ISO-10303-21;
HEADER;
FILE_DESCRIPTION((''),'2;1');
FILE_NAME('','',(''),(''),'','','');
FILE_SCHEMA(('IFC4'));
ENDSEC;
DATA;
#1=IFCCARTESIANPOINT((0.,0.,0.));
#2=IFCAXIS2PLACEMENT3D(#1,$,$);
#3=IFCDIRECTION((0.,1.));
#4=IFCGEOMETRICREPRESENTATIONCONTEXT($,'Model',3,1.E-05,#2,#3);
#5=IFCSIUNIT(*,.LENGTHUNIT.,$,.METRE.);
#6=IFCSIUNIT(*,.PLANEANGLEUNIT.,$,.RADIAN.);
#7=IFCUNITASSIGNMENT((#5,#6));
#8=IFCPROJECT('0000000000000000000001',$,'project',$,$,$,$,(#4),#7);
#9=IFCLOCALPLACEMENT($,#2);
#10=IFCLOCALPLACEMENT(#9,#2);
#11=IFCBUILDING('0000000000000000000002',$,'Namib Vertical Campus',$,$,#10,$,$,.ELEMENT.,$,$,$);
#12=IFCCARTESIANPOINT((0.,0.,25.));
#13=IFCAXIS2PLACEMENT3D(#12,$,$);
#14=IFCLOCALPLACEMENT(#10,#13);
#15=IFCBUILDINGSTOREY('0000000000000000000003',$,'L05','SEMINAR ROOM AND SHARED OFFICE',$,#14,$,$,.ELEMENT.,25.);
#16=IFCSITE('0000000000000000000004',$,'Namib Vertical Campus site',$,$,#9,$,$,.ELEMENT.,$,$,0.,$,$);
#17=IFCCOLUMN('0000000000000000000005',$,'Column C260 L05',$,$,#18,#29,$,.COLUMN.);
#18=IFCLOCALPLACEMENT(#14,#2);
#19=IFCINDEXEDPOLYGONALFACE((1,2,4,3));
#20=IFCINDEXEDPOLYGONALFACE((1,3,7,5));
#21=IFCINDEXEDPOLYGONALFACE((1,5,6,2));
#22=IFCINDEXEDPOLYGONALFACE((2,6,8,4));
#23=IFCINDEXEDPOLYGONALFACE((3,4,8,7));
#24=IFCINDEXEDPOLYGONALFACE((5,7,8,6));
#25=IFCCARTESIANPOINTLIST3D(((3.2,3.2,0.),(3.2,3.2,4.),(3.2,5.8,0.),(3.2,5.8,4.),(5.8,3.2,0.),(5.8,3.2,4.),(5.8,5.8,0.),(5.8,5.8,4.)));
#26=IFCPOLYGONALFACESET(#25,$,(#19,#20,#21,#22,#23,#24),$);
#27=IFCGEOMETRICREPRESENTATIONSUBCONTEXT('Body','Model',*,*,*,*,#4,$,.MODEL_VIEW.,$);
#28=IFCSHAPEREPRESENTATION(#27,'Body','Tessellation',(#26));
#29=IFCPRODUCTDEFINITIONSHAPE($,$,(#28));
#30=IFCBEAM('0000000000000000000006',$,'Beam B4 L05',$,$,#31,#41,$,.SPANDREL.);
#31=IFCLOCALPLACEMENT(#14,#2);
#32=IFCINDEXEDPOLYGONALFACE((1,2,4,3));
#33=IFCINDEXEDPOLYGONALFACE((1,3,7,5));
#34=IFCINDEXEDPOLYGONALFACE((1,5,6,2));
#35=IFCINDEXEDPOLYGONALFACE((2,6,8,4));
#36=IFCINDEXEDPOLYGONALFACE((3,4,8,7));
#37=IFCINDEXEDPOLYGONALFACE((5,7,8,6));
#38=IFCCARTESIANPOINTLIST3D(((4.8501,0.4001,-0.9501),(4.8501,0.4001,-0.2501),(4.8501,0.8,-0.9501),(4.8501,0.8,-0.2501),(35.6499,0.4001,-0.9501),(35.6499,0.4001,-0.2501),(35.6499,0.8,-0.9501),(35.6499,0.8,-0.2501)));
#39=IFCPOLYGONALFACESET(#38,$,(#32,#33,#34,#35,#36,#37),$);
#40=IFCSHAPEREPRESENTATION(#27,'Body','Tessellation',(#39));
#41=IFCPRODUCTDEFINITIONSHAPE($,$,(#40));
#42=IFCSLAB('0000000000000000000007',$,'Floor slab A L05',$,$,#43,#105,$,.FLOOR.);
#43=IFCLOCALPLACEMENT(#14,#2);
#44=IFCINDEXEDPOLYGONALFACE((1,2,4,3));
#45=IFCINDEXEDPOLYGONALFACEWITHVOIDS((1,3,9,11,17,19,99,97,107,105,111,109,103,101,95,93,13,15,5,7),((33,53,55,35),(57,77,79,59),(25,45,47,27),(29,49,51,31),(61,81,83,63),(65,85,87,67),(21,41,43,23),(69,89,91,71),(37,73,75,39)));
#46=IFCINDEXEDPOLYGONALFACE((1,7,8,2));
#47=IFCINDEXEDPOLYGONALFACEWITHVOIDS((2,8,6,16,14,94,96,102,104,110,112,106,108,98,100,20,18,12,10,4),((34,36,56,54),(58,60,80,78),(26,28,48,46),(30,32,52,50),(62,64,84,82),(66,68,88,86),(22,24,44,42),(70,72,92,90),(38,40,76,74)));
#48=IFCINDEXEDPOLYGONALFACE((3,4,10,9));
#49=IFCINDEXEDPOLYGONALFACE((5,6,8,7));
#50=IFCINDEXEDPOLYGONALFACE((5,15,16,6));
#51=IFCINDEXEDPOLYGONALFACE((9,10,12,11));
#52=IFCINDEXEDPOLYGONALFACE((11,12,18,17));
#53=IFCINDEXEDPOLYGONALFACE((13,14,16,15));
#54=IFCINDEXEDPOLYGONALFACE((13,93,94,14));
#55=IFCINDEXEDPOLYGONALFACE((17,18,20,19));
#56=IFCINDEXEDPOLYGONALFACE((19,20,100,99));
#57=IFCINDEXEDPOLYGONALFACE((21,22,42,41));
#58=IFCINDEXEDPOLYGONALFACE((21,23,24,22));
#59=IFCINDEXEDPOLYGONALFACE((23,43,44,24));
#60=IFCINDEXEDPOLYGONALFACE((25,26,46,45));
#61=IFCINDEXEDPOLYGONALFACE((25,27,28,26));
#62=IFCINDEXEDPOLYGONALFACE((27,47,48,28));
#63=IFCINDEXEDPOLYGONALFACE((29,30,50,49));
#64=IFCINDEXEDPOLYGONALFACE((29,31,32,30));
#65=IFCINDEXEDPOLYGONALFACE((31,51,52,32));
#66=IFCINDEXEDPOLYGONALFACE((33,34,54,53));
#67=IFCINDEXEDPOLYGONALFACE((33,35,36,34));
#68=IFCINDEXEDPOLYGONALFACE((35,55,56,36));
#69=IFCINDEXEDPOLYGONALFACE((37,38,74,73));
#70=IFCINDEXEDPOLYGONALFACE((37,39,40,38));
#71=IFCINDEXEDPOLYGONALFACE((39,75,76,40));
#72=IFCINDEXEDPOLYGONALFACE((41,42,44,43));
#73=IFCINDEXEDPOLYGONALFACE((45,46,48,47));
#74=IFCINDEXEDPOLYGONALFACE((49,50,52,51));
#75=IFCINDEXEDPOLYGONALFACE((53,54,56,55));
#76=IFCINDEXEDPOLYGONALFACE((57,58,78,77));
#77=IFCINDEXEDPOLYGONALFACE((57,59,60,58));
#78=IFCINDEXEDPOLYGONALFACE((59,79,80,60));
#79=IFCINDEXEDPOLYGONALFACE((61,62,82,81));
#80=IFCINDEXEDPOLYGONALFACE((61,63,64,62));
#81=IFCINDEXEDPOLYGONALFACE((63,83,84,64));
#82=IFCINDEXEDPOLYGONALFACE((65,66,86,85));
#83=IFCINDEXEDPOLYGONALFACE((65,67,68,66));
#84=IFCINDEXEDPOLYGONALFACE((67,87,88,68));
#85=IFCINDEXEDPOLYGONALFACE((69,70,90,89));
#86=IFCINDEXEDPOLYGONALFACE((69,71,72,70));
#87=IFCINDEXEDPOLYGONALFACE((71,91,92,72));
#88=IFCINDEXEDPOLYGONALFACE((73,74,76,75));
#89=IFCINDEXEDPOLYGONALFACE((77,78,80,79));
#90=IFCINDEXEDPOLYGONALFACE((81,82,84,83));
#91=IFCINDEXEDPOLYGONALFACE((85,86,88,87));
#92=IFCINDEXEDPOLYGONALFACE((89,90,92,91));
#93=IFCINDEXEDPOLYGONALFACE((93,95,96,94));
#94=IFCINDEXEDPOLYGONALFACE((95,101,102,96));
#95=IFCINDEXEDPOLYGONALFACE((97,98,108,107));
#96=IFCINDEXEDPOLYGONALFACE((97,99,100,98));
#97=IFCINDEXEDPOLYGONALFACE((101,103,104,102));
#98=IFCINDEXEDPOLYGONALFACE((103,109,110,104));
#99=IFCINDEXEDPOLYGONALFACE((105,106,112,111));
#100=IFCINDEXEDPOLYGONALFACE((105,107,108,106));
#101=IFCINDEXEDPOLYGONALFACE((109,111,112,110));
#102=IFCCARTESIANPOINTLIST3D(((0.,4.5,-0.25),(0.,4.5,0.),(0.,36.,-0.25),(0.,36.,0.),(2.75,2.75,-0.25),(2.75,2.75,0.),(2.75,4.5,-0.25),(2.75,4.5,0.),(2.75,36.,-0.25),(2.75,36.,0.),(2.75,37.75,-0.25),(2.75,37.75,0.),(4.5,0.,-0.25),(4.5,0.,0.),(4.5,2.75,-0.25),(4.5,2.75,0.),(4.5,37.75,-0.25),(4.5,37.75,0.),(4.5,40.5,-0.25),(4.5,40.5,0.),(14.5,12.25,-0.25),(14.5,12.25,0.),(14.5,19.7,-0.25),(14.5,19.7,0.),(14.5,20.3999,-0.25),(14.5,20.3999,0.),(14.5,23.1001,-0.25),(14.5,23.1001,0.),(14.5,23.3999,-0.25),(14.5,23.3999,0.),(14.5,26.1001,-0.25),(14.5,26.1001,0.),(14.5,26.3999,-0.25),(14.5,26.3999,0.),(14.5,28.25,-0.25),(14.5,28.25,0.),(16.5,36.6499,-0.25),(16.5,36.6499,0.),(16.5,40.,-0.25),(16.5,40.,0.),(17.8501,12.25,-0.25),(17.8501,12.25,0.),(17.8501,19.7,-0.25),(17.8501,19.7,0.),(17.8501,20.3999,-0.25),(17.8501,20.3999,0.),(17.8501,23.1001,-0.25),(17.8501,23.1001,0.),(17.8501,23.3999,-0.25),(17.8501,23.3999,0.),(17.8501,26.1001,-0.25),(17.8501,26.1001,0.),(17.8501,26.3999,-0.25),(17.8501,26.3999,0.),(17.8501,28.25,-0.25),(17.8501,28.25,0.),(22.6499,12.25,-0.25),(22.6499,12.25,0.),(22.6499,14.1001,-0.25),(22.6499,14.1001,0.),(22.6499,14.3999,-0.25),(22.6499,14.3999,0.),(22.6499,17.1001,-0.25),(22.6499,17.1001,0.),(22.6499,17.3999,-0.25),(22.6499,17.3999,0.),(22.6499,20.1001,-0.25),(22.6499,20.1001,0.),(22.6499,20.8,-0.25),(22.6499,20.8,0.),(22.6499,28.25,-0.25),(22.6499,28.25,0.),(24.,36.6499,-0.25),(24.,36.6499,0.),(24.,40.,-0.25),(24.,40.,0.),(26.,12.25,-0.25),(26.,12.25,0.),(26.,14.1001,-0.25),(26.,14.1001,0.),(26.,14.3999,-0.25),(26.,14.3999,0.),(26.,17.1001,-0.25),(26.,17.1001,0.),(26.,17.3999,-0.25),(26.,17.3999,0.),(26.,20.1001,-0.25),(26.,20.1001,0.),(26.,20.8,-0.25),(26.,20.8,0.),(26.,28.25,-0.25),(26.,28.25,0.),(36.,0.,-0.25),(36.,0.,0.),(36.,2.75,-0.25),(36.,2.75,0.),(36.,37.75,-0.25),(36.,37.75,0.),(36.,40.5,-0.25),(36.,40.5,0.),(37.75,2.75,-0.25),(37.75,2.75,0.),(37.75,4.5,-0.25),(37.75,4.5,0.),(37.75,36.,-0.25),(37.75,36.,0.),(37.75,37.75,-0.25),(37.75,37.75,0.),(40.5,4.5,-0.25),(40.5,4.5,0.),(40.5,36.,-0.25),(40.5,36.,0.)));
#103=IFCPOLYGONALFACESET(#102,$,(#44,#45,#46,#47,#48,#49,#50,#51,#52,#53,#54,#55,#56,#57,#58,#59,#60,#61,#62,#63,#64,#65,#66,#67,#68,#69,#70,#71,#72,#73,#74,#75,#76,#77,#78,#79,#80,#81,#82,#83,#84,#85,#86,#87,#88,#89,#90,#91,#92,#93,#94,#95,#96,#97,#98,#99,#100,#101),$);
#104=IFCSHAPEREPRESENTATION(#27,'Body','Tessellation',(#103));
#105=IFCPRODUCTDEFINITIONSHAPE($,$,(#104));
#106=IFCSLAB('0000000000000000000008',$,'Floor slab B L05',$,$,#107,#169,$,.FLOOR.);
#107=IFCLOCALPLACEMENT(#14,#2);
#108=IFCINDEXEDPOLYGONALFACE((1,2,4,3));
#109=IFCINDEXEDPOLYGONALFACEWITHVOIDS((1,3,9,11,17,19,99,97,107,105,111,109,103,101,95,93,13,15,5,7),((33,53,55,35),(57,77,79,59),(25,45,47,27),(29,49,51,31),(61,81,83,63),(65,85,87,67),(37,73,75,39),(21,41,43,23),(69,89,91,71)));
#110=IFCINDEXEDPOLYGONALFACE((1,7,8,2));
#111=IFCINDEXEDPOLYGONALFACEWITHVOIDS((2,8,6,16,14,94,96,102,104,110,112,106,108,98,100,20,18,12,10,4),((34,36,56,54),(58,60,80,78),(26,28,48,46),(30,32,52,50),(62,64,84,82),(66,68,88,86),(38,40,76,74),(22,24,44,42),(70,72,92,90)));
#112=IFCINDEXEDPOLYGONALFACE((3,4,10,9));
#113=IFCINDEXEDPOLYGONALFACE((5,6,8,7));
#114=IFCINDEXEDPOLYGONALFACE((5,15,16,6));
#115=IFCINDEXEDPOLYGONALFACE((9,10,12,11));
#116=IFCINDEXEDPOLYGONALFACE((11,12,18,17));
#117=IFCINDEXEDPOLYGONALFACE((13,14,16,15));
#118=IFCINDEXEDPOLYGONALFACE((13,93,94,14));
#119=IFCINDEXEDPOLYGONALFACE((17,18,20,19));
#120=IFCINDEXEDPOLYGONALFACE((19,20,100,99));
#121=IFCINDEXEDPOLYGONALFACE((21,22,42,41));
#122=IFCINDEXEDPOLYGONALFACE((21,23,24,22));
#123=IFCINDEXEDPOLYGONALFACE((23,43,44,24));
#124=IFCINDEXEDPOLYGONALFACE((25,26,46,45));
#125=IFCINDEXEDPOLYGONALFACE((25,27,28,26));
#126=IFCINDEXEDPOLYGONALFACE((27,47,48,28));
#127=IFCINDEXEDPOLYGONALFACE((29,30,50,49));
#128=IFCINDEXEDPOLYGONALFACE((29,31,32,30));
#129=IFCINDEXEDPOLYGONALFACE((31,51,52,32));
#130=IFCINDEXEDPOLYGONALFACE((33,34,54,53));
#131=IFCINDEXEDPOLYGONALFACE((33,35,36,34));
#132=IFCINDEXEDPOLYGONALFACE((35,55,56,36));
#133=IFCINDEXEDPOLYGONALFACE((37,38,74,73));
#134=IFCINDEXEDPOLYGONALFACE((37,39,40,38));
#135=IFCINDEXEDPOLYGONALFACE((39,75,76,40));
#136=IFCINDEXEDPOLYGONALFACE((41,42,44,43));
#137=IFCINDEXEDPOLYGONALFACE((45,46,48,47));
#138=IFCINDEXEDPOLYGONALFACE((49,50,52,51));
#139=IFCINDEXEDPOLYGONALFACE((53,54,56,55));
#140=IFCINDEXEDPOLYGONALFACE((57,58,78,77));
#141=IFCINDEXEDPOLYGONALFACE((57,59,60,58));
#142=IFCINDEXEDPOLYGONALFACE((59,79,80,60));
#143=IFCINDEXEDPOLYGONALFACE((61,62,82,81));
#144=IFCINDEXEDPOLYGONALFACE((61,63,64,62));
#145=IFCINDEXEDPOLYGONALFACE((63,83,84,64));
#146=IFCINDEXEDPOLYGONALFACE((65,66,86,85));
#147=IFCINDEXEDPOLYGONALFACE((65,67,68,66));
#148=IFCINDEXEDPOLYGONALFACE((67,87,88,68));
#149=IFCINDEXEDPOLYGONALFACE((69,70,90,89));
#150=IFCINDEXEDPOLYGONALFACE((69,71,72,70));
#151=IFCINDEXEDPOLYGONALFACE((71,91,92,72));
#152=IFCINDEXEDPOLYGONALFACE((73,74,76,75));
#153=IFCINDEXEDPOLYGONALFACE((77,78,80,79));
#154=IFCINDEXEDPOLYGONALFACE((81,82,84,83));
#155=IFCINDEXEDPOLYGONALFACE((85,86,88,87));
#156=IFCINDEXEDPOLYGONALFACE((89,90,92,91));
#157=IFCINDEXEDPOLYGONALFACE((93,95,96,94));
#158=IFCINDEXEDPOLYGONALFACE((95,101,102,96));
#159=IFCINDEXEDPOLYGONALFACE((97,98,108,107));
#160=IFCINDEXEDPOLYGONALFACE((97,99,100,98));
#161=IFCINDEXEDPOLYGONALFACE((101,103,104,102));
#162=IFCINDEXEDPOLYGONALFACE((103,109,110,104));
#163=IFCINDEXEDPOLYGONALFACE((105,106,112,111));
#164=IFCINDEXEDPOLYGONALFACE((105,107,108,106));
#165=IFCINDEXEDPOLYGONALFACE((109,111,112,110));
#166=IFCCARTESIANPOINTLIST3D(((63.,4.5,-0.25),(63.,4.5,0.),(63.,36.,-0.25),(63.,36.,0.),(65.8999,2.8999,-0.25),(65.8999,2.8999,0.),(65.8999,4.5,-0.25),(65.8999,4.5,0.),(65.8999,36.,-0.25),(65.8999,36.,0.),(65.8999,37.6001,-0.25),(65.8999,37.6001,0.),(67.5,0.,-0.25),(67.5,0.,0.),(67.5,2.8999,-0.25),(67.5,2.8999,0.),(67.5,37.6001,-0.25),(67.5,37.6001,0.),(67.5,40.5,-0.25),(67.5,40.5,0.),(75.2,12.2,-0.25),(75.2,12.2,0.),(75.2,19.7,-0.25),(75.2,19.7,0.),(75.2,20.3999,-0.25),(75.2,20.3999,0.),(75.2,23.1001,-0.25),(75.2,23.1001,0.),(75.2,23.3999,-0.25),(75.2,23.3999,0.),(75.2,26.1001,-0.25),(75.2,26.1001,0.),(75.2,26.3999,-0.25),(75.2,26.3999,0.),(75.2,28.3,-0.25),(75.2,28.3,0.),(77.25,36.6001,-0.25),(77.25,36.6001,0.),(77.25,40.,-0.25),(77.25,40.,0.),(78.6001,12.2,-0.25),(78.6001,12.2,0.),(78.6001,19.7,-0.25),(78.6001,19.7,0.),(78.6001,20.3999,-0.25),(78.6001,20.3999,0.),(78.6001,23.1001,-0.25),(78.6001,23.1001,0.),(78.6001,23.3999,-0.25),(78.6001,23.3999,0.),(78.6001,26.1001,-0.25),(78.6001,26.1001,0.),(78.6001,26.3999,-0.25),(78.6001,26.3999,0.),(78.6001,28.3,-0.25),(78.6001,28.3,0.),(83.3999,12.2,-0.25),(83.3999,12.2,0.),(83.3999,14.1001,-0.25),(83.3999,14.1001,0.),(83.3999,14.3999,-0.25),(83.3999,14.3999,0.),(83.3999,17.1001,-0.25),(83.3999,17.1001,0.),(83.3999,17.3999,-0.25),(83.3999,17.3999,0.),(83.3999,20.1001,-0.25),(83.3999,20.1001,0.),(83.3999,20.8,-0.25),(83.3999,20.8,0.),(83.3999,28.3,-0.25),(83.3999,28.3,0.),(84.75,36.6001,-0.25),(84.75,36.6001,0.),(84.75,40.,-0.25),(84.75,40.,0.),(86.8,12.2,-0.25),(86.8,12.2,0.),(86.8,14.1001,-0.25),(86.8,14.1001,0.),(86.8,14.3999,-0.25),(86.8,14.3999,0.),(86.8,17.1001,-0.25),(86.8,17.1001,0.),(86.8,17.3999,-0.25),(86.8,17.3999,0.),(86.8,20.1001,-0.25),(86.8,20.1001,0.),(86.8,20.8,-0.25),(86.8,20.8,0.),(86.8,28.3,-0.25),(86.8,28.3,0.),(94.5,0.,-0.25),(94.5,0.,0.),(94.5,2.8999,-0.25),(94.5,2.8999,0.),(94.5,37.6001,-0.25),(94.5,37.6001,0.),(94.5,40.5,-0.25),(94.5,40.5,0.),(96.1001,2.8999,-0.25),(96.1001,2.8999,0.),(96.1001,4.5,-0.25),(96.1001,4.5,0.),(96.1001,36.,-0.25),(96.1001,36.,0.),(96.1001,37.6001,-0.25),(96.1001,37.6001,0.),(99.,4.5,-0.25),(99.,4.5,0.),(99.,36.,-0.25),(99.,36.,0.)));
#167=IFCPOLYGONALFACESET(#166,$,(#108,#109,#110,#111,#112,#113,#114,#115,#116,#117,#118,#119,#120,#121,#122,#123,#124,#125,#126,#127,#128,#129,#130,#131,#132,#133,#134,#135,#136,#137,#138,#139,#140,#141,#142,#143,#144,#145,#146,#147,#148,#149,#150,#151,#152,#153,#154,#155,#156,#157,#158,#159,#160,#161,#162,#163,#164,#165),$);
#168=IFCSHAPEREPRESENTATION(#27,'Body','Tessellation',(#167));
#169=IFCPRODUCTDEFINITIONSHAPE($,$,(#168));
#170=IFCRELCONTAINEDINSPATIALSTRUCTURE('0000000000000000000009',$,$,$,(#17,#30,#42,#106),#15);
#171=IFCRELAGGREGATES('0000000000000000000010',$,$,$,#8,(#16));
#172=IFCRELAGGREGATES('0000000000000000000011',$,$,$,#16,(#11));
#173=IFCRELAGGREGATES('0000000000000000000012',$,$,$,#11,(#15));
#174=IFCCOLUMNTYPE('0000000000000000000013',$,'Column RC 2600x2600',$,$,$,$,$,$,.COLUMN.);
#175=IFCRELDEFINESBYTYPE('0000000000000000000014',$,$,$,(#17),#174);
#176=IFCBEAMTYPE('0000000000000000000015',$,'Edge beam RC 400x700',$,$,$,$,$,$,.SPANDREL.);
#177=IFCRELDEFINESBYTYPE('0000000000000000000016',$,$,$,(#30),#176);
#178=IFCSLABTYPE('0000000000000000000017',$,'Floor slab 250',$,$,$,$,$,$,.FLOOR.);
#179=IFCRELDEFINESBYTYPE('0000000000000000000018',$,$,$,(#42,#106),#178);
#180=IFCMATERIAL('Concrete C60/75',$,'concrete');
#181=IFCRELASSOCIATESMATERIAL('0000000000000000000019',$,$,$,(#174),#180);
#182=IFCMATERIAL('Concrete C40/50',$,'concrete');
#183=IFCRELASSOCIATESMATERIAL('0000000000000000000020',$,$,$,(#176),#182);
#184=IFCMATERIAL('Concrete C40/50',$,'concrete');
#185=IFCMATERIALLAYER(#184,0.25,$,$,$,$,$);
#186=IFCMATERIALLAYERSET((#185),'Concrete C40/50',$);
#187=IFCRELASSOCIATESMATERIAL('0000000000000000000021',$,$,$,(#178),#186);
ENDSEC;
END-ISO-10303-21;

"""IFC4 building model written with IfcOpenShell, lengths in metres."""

from ifc_helpers import new_model, si_unit, direction, frame, origin, origin_2d, place, context, subcontext, project, spatial, polyline, rectangle, outline, extrude, material, layer, layer_set, material_profile, profile_set, type_object, element, save


model = new_model("IFC4")

# Units and contexts
model_context = context("Model", 3, precision=1e-05, world=origin(), true_north=direction((0.0, 1.0)))
body_context = subcontext(model_context, "Body", "Model", "MODEL_VIEW")
ifc_project = project(units=[si_unit("LENGTHUNIT", "METRE"), si_unit("PLANEANGLEUNIT", "RADIAN")], contexts=[model_context])

# Site, building, storey
site_placement = place(None, origin())
site = spatial("IfcSite", under=ifc_project, at=site_placement, Name="Namib Vertical Campus site", CompositionType="ELEMENT", RefElevation=0.0)
building_placement = place(site_placement, origin())
building = spatial("IfcBuilding", under=site, at=building_placement, Name="Namib Vertical Campus", CompositionType="ELEMENT")
storey_placement = place(building_placement, frame((0.0, 0.0, 25.0)))
storey = spatial("IfcBuildingStorey", under=building, at=storey_placement, Name="L05", Description="SEMINAR ROOM AND SHARED OFFICE", CompositionType="ELEMENT", Elevation=25.0)

# Column
ifc_material_1 = material(Name="Concrete C60/75", Category="concrete")
ifc_material_profile_1 = material_profile(ifc_material_1, rectangle(XDim=2.6001, YDim=2.6001, at=origin_2d()))
ifc_profile_set_1 = profile_set([ifc_material_profile_1], Name="Concrete C60/75")
column_type = type_object("IfcColumnType", Name="Column RC 2600x2600", PredefinedType="COLUMN", material=ifc_profile_set_1)
column_placement = place(storey_placement, frame((4.5, 4.5, 0.0), z_axis=(0.0, 0.0, 1.0), x_axis=(1.0, 0.0, 0.0)))
element("IfcColumn", 1, at=column_placement, inside=storey, type_object=column_type, Name="Column C260 L05", PredefinedType="COLUMN", context=body_context, shape_type="SweptSolid", body=[
    extrude(rectangle(XDim=2.6001, YDim=2.6001, at=origin_2d()), origin(), (0.0, 0.0, 1.0), 4.0),
])

# Beam
ifc_material_2 = material(Name="Concrete C40/50", Category="concrete")
ifc_material_profile_2 = material_profile(ifc_material_2, rectangle(XDim=0.3999, YDim=0.7, at=origin_2d()))
ifc_profile_set_2 = profile_set([ifc_material_profile_2], Name="Concrete C40/50")
beam_type = type_object("IfcBeamType", Name="Edge beam RC 400x700", PredefinedType="SPANDREL", material=ifc_profile_set_2)
beam_placement = place(storey_placement, frame((4.8501, 0.6001, -0.6001), z_axis=(1.0, 0.0, 0.0), x_axis=(0.0, 1.0, 0.0)))
element("IfcBeam", 2, at=beam_placement, inside=storey, type_object=beam_type, Name="Beam B4 L05", PredefinedType="SPANDREL", context=body_context, shape_type="SweptSolid", body=[
    extrude(rectangle(XDim=0.3999, YDim=0.7, at=origin_2d()), origin(), (0.0, 0.0, 1.0), 30.7998),
])

# Slabs
ifc_material_3 = material(Name="Concrete C40/50", Category="concrete")
ifc_layer_1 = layer(ifc_material_3, 0.25)
ifc_layer_set_1 = layer_set([ifc_layer_1], Name="Concrete C40/50")
slab_type_1 = type_object("IfcSlabType", Name="Floor slab 250", PredefinedType="FLOOR", material=ifc_layer_set_1)
slab_1_placement = place(storey_placement, frame((0.0, 0.0, -0.25)))
element("IfcSlab", 3, at=slab_1_placement, inside=storey, type_object=slab_type_1, Name="Floor slab A L05", PredefinedType="FLOOR", context=body_context, shape_type="SweptSolid", body=[
    extrude(outline(polyline([(4.5, 0.0), (36.0, 0.0), (36.0, 2.75), (37.75, 2.75), (37.75, 4.5), (40.5, 4.5), (40.5, 36.0), (37.75, 36.0), (37.75, 37.75), (36.0, 37.75), (36.0, 40.5), (4.5, 40.5), (4.5, 37.75), (2.75, 37.75), (2.75, 36.0), (0.0, 36.0), (0.0, 4.5), (2.75, 4.5), (2.75, 2.75), (4.5, 2.75), (4.5, 0.0)]), holes=[polyline([(14.5, 12.25), (17.8501, 12.25), (17.8501, 19.7), (14.5, 19.7), (14.5, 12.25)]), polyline([(22.6499, 20.8), (26.0, 20.8), (26.0, 28.25), (22.6499, 28.25), (22.6499, 20.8)]), polyline([(22.6499, 12.25), (26.0, 12.25), (26.0, 14.1001), (22.6499, 14.1001), (22.6499, 12.25)]), polyline([(14.5, 20.3999), (17.8501, 20.3999), (17.8501, 23.1001), (14.5, 23.1001), (14.5, 20.3999)]), polyline([(14.5, 23.3999), (17.8501, 23.3999), (17.8501, 26.1001), (14.5, 26.1001), (14.5, 23.3999)]), polyline([(14.5, 26.3999), (17.8501, 26.3999), (17.8501, 28.25), (14.5, 28.25), (14.5, 26.3999)]), polyline([(22.6499, 14.3999), (26.0, 14.3999), (26.0, 17.1001), (22.6499, 17.1001), (22.6499, 14.3999)]), polyline([(22.6499, 17.3999), (26.0, 17.3999), (26.0, 20.1001), (22.6499, 20.1001), (22.6499, 17.3999)]), polyline([(16.5, 36.6499), (24.0, 36.6499), (24.0, 40.0), (16.5, 40.0), (16.5, 36.6499)])]), origin(), (0.0, 0.0, 1.0), 0.25),
])
slab_2_placement = place(storey_placement, frame((0.0, 0.0, -0.25)))
element("IfcSlab", 4, at=slab_2_placement, inside=storey, type_object=slab_type_1, Name="Floor slab B L05", PredefinedType="FLOOR", context=body_context, shape_type="SweptSolid", body=[
    extrude(outline(polyline([(67.5, 0.0), (94.5, 0.0), (94.5, 2.8999), (96.1001, 2.8999), (96.1001, 4.5), (99.0, 4.5), (99.0, 36.0), (96.1001, 36.0), (96.1001, 37.6001), (94.5, 37.6001), (94.5, 40.5), (67.5, 40.5), (67.5, 37.6001), (65.8999, 37.6001), (65.8999, 36.0), (63.0, 36.0), (63.0, 4.5), (65.8999, 4.5), (65.8999, 2.8999), (67.5, 2.8999), (67.5, 0.0)]), holes=[polyline([(75.2, 12.2), (78.6001, 12.2), (78.6001, 19.7), (75.2, 19.7), (75.2, 12.2)]), polyline([(83.3999, 20.8), (86.8, 20.8), (86.8, 28.3), (83.3999, 28.3), (83.3999, 20.8)]), polyline([(83.3999, 12.2), (86.8, 12.2), (86.8, 14.1001), (83.3999, 14.1001), (83.3999, 12.2)]), polyline([(75.2, 20.3999), (78.6001, 20.3999), (78.6001, 23.1001), (75.2, 23.1001), (75.2, 20.3999)]), polyline([(75.2, 23.3999), (78.6001, 23.3999), (78.6001, 26.1001), (75.2, 26.1001), (75.2, 23.3999)]), polyline([(75.2, 26.3999), (78.6001, 26.3999), (78.6001, 28.3), (75.2, 28.3), (75.2, 26.3999)]), polyline([(83.3999, 14.3999), (86.8, 14.3999), (86.8, 17.1001), (83.3999, 17.1001), (83.3999, 14.3999)]), polyline([(83.3999, 17.3999), (86.8, 17.3999), (86.8, 20.1001), (83.3999, 20.1001), (83.3999, 17.3999)]), polyline([(77.25, 36.6001), (84.75, 36.6001), (84.75, 40.0), (77.25, 40.0), (77.25, 36.6001)])]), origin(), (0.0, 0.0, 1.0), 0.25),
])

save(model, "model.ifc")
